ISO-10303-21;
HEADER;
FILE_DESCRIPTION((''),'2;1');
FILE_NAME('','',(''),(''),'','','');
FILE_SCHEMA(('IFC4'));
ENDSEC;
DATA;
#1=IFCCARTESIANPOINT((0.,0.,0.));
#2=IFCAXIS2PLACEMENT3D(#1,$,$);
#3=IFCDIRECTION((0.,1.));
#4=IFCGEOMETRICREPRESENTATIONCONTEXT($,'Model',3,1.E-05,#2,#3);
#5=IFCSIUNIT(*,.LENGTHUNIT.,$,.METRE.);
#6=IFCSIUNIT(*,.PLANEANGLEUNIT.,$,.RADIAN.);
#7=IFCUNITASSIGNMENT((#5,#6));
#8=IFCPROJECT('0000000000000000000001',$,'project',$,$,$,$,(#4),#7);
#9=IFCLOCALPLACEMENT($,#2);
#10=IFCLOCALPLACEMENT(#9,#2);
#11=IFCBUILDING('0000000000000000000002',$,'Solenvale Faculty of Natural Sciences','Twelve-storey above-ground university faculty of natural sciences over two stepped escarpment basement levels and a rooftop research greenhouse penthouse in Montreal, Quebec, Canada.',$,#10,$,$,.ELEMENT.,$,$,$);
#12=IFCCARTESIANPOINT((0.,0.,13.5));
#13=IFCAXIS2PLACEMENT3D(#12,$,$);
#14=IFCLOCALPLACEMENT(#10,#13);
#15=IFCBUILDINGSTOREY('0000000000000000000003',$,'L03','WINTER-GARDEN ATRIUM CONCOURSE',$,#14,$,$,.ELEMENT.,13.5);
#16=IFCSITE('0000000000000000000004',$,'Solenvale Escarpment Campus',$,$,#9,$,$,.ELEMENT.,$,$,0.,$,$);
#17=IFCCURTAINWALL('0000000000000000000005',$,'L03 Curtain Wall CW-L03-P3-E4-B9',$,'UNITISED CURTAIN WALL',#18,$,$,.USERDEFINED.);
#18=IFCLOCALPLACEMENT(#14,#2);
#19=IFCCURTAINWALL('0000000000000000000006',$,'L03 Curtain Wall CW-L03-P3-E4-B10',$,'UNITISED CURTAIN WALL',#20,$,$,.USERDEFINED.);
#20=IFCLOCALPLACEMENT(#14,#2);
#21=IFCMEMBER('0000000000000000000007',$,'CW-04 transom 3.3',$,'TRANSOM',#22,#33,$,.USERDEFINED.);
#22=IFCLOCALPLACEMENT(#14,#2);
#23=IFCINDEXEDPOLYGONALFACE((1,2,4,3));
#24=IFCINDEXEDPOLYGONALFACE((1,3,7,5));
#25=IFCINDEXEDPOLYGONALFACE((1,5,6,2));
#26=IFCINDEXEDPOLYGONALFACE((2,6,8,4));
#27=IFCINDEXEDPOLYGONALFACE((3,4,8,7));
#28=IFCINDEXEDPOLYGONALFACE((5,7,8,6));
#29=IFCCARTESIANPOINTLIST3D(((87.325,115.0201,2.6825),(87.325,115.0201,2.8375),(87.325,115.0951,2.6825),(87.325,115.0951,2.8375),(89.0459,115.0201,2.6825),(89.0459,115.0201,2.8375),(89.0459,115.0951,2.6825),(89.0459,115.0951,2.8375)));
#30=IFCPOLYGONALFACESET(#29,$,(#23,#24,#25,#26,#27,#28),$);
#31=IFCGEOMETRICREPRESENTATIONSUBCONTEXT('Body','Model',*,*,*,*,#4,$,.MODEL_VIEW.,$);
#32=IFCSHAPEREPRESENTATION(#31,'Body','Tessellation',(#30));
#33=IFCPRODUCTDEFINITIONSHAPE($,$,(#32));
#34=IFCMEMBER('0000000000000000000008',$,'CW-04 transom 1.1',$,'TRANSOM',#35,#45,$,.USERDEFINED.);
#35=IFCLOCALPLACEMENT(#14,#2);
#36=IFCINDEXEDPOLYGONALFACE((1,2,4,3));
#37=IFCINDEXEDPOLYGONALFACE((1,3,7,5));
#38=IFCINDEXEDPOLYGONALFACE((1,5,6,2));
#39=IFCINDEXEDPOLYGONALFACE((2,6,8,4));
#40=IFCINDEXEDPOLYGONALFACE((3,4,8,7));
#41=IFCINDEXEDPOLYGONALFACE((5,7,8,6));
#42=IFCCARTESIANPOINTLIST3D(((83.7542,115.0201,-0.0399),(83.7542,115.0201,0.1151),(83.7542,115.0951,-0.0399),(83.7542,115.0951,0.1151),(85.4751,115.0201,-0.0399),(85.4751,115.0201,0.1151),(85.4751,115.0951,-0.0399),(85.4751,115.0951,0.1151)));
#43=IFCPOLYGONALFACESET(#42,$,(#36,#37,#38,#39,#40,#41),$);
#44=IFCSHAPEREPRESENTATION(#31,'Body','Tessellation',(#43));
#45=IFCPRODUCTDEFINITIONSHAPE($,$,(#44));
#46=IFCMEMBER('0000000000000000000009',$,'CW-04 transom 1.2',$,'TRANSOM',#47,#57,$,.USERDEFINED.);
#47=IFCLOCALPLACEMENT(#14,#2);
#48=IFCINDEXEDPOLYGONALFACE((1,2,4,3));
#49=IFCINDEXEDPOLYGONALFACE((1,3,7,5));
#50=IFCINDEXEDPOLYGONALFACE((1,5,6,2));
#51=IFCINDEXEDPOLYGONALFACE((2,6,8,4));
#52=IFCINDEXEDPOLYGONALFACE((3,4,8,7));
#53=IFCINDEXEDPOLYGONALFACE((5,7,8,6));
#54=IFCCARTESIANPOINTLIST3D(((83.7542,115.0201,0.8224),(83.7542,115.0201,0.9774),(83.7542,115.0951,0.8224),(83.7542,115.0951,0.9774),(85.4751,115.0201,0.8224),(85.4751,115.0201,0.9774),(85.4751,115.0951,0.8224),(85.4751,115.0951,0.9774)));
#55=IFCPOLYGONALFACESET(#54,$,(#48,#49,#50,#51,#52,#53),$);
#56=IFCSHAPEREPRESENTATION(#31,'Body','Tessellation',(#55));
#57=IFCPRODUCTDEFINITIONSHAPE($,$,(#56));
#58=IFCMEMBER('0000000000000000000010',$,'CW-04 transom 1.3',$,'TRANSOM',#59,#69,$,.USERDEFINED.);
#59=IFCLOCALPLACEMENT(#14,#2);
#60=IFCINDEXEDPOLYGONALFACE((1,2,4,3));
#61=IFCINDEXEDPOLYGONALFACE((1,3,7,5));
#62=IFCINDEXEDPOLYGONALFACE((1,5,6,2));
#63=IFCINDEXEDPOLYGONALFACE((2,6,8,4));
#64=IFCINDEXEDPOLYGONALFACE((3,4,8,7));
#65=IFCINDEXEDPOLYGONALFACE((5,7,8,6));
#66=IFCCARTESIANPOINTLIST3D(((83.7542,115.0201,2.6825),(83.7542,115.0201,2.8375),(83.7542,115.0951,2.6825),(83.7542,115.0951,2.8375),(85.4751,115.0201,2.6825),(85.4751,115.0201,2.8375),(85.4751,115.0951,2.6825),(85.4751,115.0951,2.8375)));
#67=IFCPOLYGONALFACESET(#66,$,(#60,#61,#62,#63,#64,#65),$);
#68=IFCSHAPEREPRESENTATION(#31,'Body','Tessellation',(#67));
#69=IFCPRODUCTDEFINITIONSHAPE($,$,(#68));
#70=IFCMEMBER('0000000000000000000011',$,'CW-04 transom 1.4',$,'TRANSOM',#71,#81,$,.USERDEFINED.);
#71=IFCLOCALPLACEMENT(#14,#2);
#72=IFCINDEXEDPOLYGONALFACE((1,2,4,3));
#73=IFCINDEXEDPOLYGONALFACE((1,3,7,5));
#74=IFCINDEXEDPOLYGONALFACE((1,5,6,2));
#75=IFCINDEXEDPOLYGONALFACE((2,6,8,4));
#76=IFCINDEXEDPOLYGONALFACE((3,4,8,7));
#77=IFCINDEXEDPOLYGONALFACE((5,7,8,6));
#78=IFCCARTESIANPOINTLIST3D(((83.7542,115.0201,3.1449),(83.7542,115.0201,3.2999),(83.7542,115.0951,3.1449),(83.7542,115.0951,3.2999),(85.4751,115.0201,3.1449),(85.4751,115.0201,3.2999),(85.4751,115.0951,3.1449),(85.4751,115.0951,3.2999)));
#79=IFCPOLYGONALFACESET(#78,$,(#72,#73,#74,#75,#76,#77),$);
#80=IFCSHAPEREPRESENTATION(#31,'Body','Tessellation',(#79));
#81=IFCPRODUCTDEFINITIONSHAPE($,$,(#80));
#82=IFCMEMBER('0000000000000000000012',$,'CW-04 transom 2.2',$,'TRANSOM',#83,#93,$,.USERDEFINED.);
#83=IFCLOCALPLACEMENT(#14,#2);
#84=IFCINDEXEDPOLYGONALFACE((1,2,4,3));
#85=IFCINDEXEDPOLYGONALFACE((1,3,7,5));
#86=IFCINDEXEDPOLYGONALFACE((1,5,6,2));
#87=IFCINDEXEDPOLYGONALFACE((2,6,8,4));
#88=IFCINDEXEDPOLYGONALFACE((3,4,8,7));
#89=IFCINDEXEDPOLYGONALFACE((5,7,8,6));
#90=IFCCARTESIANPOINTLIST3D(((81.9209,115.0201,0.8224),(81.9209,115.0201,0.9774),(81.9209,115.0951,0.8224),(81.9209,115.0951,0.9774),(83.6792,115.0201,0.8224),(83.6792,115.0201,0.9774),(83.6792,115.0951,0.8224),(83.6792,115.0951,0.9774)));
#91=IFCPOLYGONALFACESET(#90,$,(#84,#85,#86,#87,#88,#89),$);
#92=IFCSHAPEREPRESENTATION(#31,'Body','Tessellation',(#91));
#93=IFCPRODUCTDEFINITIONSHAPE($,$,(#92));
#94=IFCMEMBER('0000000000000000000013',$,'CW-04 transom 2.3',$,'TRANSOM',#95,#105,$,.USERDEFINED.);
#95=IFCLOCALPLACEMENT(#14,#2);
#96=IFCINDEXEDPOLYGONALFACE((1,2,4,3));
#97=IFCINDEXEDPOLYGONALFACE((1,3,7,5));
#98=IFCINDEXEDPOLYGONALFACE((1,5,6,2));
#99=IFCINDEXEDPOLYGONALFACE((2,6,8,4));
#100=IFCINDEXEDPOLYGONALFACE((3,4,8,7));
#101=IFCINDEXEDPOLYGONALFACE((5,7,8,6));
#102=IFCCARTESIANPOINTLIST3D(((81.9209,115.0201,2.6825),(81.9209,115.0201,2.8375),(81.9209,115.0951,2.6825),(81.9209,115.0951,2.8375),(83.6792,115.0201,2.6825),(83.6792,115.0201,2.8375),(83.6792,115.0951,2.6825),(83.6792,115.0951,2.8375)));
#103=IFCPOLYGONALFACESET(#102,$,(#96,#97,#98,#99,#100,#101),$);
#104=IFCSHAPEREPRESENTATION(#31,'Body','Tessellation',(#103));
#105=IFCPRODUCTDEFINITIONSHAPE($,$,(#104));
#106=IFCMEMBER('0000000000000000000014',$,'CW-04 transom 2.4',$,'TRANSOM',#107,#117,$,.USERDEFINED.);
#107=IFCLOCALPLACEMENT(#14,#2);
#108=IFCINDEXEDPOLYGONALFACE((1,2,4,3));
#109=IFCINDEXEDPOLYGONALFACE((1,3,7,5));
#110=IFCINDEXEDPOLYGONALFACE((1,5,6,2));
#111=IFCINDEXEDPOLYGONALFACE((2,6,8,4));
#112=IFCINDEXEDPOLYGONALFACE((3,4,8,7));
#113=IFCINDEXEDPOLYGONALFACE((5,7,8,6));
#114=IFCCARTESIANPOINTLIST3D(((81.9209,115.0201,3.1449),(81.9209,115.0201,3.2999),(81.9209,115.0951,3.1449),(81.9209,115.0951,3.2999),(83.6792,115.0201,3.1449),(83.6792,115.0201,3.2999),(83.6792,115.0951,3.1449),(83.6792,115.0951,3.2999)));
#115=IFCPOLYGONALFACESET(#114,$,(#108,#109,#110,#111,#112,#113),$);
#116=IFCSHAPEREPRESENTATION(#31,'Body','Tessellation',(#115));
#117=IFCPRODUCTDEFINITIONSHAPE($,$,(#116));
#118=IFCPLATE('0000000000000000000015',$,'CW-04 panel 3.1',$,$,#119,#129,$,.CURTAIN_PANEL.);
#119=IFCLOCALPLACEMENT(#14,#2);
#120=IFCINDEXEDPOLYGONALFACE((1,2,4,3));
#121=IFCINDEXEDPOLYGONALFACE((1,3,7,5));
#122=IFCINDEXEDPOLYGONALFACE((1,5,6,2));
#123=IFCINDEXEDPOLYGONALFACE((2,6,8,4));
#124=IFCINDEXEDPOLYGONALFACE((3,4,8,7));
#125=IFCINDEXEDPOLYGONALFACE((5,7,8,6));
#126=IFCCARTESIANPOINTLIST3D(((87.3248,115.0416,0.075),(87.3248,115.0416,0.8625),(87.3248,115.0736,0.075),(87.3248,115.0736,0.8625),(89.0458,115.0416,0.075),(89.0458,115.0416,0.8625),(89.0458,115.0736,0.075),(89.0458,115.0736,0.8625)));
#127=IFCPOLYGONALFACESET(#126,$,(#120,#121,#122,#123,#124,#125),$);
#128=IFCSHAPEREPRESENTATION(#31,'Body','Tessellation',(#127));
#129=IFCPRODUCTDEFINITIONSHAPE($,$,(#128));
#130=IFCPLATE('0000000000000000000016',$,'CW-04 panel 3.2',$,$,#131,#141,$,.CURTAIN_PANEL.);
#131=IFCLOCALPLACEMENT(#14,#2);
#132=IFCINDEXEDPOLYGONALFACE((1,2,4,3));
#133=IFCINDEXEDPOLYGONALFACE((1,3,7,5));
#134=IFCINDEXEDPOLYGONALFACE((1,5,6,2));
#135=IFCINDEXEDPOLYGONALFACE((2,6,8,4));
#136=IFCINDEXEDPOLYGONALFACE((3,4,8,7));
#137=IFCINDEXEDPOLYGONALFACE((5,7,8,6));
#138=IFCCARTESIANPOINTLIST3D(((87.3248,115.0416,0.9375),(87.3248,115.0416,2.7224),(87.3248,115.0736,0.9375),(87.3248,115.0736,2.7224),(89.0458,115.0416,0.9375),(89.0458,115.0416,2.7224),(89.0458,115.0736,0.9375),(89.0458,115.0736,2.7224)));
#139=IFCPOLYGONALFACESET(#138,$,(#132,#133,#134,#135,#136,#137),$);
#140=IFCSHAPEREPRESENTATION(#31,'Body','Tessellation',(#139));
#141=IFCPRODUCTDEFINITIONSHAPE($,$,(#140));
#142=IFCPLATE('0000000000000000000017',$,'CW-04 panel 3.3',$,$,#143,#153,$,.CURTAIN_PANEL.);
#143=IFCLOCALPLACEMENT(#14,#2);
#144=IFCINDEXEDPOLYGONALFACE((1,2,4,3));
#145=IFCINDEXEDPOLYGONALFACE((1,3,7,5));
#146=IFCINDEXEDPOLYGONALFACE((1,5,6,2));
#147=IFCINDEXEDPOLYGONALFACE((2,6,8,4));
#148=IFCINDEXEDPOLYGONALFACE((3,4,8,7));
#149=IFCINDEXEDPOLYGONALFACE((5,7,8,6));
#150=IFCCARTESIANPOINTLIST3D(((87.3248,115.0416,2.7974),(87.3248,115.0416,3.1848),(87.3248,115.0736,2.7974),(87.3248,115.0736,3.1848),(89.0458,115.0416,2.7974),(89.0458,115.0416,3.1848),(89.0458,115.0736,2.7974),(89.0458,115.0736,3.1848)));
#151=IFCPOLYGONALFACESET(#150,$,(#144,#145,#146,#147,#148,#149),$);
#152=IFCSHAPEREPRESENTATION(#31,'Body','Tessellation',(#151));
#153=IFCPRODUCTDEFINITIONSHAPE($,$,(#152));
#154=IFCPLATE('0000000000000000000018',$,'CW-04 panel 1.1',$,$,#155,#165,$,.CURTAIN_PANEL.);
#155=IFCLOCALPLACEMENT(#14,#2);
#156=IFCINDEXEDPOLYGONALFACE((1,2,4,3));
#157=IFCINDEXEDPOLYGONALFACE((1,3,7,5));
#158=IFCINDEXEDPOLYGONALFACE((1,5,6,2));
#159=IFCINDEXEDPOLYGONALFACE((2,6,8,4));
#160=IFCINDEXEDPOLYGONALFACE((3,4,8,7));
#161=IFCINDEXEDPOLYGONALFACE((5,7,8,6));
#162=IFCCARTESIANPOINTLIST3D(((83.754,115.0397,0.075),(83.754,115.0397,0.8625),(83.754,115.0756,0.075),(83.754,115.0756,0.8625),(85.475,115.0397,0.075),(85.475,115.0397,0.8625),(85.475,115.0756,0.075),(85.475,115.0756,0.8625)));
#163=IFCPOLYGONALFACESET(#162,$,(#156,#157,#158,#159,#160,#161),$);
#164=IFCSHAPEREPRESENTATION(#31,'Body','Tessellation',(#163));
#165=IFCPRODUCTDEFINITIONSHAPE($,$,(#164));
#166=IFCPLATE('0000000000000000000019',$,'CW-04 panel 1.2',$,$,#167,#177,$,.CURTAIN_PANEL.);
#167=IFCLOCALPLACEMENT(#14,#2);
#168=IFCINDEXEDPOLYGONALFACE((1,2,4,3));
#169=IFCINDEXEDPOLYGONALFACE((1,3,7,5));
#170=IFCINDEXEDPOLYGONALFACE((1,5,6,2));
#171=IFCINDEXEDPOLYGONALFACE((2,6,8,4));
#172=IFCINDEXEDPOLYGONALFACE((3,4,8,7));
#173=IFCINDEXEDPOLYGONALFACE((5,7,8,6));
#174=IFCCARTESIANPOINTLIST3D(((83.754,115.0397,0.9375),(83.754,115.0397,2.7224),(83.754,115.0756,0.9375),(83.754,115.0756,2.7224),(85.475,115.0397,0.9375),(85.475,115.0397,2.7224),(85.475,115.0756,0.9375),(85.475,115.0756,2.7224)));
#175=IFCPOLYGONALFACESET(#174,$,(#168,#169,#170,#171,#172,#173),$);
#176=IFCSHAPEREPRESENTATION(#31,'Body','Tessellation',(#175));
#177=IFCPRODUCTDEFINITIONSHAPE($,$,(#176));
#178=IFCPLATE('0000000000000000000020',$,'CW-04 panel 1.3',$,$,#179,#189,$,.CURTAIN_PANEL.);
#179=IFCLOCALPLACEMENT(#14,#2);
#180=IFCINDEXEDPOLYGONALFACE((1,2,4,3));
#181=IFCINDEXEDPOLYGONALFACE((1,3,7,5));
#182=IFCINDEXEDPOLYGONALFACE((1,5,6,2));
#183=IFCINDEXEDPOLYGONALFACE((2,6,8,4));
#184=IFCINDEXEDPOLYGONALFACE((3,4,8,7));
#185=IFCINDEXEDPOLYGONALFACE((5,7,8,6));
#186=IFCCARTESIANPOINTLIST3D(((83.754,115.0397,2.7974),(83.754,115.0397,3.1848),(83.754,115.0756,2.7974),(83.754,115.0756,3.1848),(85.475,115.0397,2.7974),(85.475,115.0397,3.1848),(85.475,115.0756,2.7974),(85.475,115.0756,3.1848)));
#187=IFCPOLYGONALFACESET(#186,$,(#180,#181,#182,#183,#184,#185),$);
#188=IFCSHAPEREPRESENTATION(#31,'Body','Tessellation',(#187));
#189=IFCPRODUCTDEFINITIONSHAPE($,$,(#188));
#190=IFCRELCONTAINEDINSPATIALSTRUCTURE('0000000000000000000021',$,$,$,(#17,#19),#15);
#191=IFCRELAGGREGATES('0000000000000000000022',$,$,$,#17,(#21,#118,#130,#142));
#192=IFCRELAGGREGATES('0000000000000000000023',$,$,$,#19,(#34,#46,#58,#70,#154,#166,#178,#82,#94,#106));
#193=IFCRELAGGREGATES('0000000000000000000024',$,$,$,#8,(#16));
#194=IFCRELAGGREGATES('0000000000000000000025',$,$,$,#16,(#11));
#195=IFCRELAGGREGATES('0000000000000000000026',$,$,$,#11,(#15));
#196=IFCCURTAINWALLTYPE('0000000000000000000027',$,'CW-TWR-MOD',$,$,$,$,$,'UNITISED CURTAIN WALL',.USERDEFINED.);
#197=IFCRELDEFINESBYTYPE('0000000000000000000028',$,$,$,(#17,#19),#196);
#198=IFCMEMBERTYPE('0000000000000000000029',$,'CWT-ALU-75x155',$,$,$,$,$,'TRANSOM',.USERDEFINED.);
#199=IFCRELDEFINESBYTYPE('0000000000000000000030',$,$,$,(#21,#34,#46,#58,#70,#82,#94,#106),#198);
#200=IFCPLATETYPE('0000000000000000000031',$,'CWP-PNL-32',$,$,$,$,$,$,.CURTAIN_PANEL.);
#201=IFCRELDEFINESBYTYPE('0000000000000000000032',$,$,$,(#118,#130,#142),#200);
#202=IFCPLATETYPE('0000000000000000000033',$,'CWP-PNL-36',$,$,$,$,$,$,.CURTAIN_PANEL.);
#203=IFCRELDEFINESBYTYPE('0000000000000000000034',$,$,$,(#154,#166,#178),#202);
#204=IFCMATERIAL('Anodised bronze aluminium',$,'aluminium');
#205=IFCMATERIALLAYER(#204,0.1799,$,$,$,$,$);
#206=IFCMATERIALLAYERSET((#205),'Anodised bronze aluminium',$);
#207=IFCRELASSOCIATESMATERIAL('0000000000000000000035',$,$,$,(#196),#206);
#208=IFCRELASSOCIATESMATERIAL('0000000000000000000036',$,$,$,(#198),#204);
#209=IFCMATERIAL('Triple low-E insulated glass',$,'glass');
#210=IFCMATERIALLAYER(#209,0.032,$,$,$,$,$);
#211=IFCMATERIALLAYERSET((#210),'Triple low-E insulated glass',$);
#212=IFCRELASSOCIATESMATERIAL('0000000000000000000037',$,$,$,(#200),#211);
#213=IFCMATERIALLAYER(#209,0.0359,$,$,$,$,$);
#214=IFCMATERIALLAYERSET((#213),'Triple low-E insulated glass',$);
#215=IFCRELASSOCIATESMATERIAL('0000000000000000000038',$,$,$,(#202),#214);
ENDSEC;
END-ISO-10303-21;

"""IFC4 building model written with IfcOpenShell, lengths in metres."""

from ifc_helpers import new_model, si_unit, direction, frame, origin, origin_2d, place, context, subcontext, project, spatial, rectangle, extrude, material, layer, layer_set, material_profile, profile_set, type_object, element, aggregate, save


model = new_model("IFC4")

# Units and contexts
model_context = context("Model", 3, precision=1e-05, world=origin(), true_north=direction((0.0, 1.0)))
body_context = subcontext(model_context, "Body", "Model", "MODEL_VIEW")
ifc_project = project(units=[si_unit("LENGTHUNIT", "METRE"), si_unit("PLANEANGLEUNIT", "RADIAN")], contexts=[model_context])

# Site, building, storey
site_placement = place(None, origin())
site = spatial("IfcSite", under=ifc_project, at=site_placement, Name="Solenvale Escarpment Campus", CompositionType="ELEMENT", RefElevation=0.0)
building_placement = place(site_placement, origin())
building = spatial("IfcBuilding", under=site, at=building_placement, Name="Solenvale Faculty of Natural Sciences", Description="Twelve-storey above-ground university faculty of natural sciences over two stepped escarpment basement levels and a rooftop research greenhouse penthouse in Montreal, Quebec, Canada.", CompositionType="ELEMENT")
storey_placement = place(building_placement, frame((0.0, 0.0, 13.5)))
storey = spatial("IfcBuildingStorey", under=building, at=storey_placement, Name="L03", Description="WINTER-GARDEN ATRIUM CONCOURSE", CompositionType="ELEMENT", Elevation=13.5)

# Curtain wall
ifc_material_1 = material(Name="Anodised bronze aluminium", Category="aluminium")
ifc_layer_1 = layer(ifc_material_1, 0.1799)
ifc_layer_set_1 = layer_set([ifc_layer_1], Name="Anodised bronze aluminium")
curtain_wall_type = type_object("IfcCurtainWallType", Name="CW-TWR-MOD", ElementType="UNITISED CURTAIN WALL", PredefinedType="USERDEFINED", material=ifc_layer_set_1)
curtain_wall_1_placement = place(storey_placement, origin())
curtain_wall_1 = element("IfcCurtainWall", 1, at=curtain_wall_1_placement, inside=storey, type_object=curtain_wall_type, Name="L03 Curtain Wall CW-L03-P3-E4-B9", ObjectType="UNITISED CURTAIN WALL", PredefinedType="USERDEFINED")

# Curtain wall
curtain_wall_2_placement = place(storey_placement, origin())
curtain_wall_2 = element("IfcCurtainWall", 2, at=curtain_wall_2_placement, inside=storey, type_object=curtain_wall_type, Name="L03 Curtain Wall CW-L03-P3-E4-B10", ObjectType="UNITISED CURTAIN WALL", PredefinedType="USERDEFINED")

# Members
ifc_material_profile_1 = material_profile(ifc_material_1, rectangle(XDim=0.075, YDim=0.155, at=origin_2d()), Name="ALU-TRN-75x155")
ifc_profile_set_1 = profile_set([ifc_material_profile_1], Name="Anodised bronze aluminium")
member_type_1 = type_object("IfcMemberType", Name="CWT-ALU-75x155", ElementType="TRANSOM", PredefinedType="USERDEFINED", material=ifc_profile_set_1)
member_1_placement = place(storey_placement, frame((89.0459, 115.0576, 2.76), z_axis=(-1.0, 0.0, 0.0), x_axis=(0.0, -1.0, 0.0)))
member_1 = element("IfcMember", 3, at=member_1_placement, type_object=member_type_1, Name="CW-04 transom 3.3", ObjectType="TRANSOM", PredefinedType="USERDEFINED", context=body_context, shape_type="SweptSolid", body=[
    extrude(rectangle(XDim=0.075, YDim=0.155, at=origin_2d()), origin(), (0.0, 0.0, 1.0), 1.7209),
])
member_2_placement = place(storey_placement, frame((85.4751, 115.0576, 0.0376), z_axis=(-1.0, 0.0, 0.0), x_axis=(0.0, -1.0, 0.0)))
member_2 = element("IfcMember", 4, at=member_2_placement, type_object=member_type_1, Name="CW-04 transom 1.1", ObjectType="TRANSOM", PredefinedType="USERDEFINED", context=body_context, shape_type="SweptSolid", body=[
    extrude(rectangle(XDim=0.075, YDim=0.155, at=origin_2d()), origin(), (0.0, 0.0, 1.0), 1.7209),
])
member_3_placement = place(storey_placement, frame((85.4751, 115.0576, 0.8999), z_axis=(-1.0, 0.0, 0.0), x_axis=(0.0, -1.0, 0.0)))
member_3 = element("IfcMember", 5, at=member_3_placement, type_object=member_type_1, Name="CW-04 transom 1.2", ObjectType="TRANSOM", PredefinedType="USERDEFINED", context=body_context, shape_type="SweptSolid", body=[
    extrude(rectangle(XDim=0.075, YDim=0.155, at=origin_2d()), origin(), (0.0, 0.0, 1.0), 1.7209),
])
member_4_placement = place(storey_placement, frame((85.4751, 115.0576, 2.76), z_axis=(-1.0, 0.0, 0.0), x_axis=(0.0, -1.0, 0.0)))
member_4 = element("IfcMember", 6, at=member_4_placement, type_object=member_type_1, Name="CW-04 transom 1.3", ObjectType="TRANSOM", PredefinedType="USERDEFINED", context=body_context, shape_type="SweptSolid", body=[
    extrude(rectangle(XDim=0.075, YDim=0.155, at=origin_2d()), origin(), (0.0, 0.0, 1.0), 1.7209),
])
member_5_placement = place(storey_placement, frame((85.4751, 115.0576, 3.2224), z_axis=(-1.0, 0.0, 0.0), x_axis=(0.0, -1.0, 0.0)))
member_5 = element("IfcMember", 7, at=member_5_placement, type_object=member_type_1, Name="CW-04 transom 1.4", ObjectType="TRANSOM", PredefinedType="USERDEFINED", context=body_context, shape_type="SweptSolid", body=[
    extrude(rectangle(XDim=0.075, YDim=0.155, at=origin_2d()), origin(), (0.0, 0.0, 1.0), 1.7209),
])
member_6_placement = place(storey_placement, frame((83.6792, 115.0576, 0.8999), z_axis=(-1.0, 0.0, 0.0), x_axis=(0.0, -1.0, 0.0)))
member_6 = element("IfcMember", 8, at=member_6_placement, type_object=member_type_1, Name="CW-04 transom 2.2", ObjectType="TRANSOM", PredefinedType="USERDEFINED", context=body_context, shape_type="SweptSolid", body=[
    extrude(rectangle(XDim=0.075, YDim=0.155, at=origin_2d()), origin(), (0.0, 0.0, 1.0), 1.7583),
])
member_7_placement = place(storey_placement, frame((83.6792, 115.0576, 2.76), z_axis=(-1.0, 0.0, 0.0), x_axis=(0.0, -1.0, 0.0)))
member_7 = element("IfcMember", 9, at=member_7_placement, type_object=member_type_1, Name="CW-04 transom 2.3", ObjectType="TRANSOM", PredefinedType="USERDEFINED", context=body_context, shape_type="SweptSolid", body=[
    extrude(rectangle(XDim=0.075, YDim=0.155, at=origin_2d()), origin(), (0.0, 0.0, 1.0), 1.7583),
])
member_8_placement = place(storey_placement, frame((83.6792, 115.0576, 3.2224), z_axis=(-1.0, 0.0, 0.0), x_axis=(0.0, -1.0, 0.0)))
member_8 = element("IfcMember", 10, at=member_8_placement, type_object=member_type_1, Name="CW-04 transom 2.4", ObjectType="TRANSOM", PredefinedType="USERDEFINED", context=body_context, shape_type="SweptSolid", body=[
    extrude(rectangle(XDim=0.075, YDim=0.155, at=origin_2d()), origin(), (0.0, 0.0, 1.0), 1.7583),
])

# Plates
ifc_material_2 = material(Name="Triple low-E insulated glass", Category="glass")
ifc_layer_2 = layer(ifc_material_2, 0.032)
ifc_layer_set_2 = layer_set([ifc_layer_2], Name="Triple low-E insulated glass")
plate_type_1 = type_object("IfcPlateType", Name="CWP-PNL-32", PredefinedType="CURTAIN_PANEL", material=ifc_layer_set_2)
plate_1_placement = place(storey_placement, frame((88.1853, 115.0576, 0.075), z_axis=(0.0, 0.0, 1.0), x_axis=(-1.0, 0.0, 0.0)))
plate_1 = element("IfcPlate", 11, at=plate_1_placement, type_object=plate_type_1, Name="CW-04 panel 3.1", PredefinedType="CURTAIN_PANEL", context=body_context, shape_type="SweptSolid", body=[
    extrude(rectangle(XDim=1.7209, YDim=0.032, at=origin_2d()), origin(), (0.0, 0.0, 1.0), 0.7876),
])
plate_2_placement = place(storey_placement, frame((88.1853, 115.0576, 0.9375), z_axis=(0.0, 0.0, 1.0), x_axis=(-1.0, 0.0, 0.0)))
plate_2 = element("IfcPlate", 12, at=plate_2_placement, type_object=plate_type_1, Name="CW-04 panel 3.2", PredefinedType="CURTAIN_PANEL", context=body_context, shape_type="SweptSolid", body=[
    extrude(rectangle(XDim=1.7209, YDim=0.032, at=origin_2d()), origin(), (0.0, 0.0, 1.0), 1.7849),
])
plate_3_placement = place(storey_placement, frame((88.1853, 115.0576, 2.7974), z_axis=(0.0, 0.0, 1.0), x_axis=(-1.0, 0.0, 0.0)))
plate_3 = element("IfcPlate", 13, at=plate_3_placement, type_object=plate_type_1, Name="CW-04 panel 3.3", PredefinedType="CURTAIN_PANEL", context=body_context, shape_type="SweptSolid", body=[
    extrude(rectangle(XDim=1.7209, YDim=0.032, at=origin_2d()), origin(), (0.0, 0.0, 1.0), 0.3875),
])
aggregate(curtain_wall_1, [member_1, plate_1, plate_2, plate_3])
ifc_layer_3 = layer(ifc_material_2, 0.0359)
ifc_layer_set_3 = layer_set([ifc_layer_3], Name="Triple low-E insulated glass")
plate_type_2 = type_object("IfcPlateType", Name="CWP-PNL-36", PredefinedType="CURTAIN_PANEL", material=ifc_layer_set_3)
plate_4_placement = place(storey_placement, frame((84.6145, 115.0576, 0.075), z_axis=(0.0, 0.0, 1.0), x_axis=(-1.0, 0.0, 0.0)))
plate_4 = element("IfcPlate", 14, at=plate_4_placement, type_object=plate_type_2, Name="CW-04 panel 1.1", PredefinedType="CURTAIN_PANEL", context=body_context, shape_type="SweptSolid", body=[
    extrude(rectangle(XDim=1.7209, YDim=0.0359, at=origin_2d()), origin(), (0.0, 0.0, 1.0), 0.7876),
])
plate_5_placement = place(storey_placement, frame((84.6145, 115.0576, 0.9375), z_axis=(0.0, 0.0, 1.0), x_axis=(-1.0, 0.0, 0.0)))
plate_5 = element("IfcPlate", 15, at=plate_5_placement, type_object=plate_type_2, Name="CW-04 panel 1.2", PredefinedType="CURTAIN_PANEL", context=body_context, shape_type="SweptSolid", body=[
    extrude(rectangle(XDim=1.7209, YDim=0.0359, at=origin_2d()), origin(), (0.0, 0.0, 1.0), 1.7849),
])
plate_6_placement = place(storey_placement, frame((84.6145, 115.0576, 2.7974), z_axis=(0.0, 0.0, 1.0), x_axis=(-1.0, 0.0, 0.0)))
plate_6 = element("IfcPlate", 16, at=plate_6_placement, type_object=plate_type_2, Name="CW-04 panel 1.3", PredefinedType="CURTAIN_PANEL", context=body_context, shape_type="SweptSolid", body=[
    extrude(rectangle(XDim=1.7209, YDim=0.0359, at=origin_2d()), origin(), (0.0, 0.0, 1.0), 0.3875),
])
aggregate(curtain_wall_2, [member_2, member_3, member_4, member_5, plate_4, plate_5, plate_6, member_6, member_7, member_8])

save(model, "model.ifc")
